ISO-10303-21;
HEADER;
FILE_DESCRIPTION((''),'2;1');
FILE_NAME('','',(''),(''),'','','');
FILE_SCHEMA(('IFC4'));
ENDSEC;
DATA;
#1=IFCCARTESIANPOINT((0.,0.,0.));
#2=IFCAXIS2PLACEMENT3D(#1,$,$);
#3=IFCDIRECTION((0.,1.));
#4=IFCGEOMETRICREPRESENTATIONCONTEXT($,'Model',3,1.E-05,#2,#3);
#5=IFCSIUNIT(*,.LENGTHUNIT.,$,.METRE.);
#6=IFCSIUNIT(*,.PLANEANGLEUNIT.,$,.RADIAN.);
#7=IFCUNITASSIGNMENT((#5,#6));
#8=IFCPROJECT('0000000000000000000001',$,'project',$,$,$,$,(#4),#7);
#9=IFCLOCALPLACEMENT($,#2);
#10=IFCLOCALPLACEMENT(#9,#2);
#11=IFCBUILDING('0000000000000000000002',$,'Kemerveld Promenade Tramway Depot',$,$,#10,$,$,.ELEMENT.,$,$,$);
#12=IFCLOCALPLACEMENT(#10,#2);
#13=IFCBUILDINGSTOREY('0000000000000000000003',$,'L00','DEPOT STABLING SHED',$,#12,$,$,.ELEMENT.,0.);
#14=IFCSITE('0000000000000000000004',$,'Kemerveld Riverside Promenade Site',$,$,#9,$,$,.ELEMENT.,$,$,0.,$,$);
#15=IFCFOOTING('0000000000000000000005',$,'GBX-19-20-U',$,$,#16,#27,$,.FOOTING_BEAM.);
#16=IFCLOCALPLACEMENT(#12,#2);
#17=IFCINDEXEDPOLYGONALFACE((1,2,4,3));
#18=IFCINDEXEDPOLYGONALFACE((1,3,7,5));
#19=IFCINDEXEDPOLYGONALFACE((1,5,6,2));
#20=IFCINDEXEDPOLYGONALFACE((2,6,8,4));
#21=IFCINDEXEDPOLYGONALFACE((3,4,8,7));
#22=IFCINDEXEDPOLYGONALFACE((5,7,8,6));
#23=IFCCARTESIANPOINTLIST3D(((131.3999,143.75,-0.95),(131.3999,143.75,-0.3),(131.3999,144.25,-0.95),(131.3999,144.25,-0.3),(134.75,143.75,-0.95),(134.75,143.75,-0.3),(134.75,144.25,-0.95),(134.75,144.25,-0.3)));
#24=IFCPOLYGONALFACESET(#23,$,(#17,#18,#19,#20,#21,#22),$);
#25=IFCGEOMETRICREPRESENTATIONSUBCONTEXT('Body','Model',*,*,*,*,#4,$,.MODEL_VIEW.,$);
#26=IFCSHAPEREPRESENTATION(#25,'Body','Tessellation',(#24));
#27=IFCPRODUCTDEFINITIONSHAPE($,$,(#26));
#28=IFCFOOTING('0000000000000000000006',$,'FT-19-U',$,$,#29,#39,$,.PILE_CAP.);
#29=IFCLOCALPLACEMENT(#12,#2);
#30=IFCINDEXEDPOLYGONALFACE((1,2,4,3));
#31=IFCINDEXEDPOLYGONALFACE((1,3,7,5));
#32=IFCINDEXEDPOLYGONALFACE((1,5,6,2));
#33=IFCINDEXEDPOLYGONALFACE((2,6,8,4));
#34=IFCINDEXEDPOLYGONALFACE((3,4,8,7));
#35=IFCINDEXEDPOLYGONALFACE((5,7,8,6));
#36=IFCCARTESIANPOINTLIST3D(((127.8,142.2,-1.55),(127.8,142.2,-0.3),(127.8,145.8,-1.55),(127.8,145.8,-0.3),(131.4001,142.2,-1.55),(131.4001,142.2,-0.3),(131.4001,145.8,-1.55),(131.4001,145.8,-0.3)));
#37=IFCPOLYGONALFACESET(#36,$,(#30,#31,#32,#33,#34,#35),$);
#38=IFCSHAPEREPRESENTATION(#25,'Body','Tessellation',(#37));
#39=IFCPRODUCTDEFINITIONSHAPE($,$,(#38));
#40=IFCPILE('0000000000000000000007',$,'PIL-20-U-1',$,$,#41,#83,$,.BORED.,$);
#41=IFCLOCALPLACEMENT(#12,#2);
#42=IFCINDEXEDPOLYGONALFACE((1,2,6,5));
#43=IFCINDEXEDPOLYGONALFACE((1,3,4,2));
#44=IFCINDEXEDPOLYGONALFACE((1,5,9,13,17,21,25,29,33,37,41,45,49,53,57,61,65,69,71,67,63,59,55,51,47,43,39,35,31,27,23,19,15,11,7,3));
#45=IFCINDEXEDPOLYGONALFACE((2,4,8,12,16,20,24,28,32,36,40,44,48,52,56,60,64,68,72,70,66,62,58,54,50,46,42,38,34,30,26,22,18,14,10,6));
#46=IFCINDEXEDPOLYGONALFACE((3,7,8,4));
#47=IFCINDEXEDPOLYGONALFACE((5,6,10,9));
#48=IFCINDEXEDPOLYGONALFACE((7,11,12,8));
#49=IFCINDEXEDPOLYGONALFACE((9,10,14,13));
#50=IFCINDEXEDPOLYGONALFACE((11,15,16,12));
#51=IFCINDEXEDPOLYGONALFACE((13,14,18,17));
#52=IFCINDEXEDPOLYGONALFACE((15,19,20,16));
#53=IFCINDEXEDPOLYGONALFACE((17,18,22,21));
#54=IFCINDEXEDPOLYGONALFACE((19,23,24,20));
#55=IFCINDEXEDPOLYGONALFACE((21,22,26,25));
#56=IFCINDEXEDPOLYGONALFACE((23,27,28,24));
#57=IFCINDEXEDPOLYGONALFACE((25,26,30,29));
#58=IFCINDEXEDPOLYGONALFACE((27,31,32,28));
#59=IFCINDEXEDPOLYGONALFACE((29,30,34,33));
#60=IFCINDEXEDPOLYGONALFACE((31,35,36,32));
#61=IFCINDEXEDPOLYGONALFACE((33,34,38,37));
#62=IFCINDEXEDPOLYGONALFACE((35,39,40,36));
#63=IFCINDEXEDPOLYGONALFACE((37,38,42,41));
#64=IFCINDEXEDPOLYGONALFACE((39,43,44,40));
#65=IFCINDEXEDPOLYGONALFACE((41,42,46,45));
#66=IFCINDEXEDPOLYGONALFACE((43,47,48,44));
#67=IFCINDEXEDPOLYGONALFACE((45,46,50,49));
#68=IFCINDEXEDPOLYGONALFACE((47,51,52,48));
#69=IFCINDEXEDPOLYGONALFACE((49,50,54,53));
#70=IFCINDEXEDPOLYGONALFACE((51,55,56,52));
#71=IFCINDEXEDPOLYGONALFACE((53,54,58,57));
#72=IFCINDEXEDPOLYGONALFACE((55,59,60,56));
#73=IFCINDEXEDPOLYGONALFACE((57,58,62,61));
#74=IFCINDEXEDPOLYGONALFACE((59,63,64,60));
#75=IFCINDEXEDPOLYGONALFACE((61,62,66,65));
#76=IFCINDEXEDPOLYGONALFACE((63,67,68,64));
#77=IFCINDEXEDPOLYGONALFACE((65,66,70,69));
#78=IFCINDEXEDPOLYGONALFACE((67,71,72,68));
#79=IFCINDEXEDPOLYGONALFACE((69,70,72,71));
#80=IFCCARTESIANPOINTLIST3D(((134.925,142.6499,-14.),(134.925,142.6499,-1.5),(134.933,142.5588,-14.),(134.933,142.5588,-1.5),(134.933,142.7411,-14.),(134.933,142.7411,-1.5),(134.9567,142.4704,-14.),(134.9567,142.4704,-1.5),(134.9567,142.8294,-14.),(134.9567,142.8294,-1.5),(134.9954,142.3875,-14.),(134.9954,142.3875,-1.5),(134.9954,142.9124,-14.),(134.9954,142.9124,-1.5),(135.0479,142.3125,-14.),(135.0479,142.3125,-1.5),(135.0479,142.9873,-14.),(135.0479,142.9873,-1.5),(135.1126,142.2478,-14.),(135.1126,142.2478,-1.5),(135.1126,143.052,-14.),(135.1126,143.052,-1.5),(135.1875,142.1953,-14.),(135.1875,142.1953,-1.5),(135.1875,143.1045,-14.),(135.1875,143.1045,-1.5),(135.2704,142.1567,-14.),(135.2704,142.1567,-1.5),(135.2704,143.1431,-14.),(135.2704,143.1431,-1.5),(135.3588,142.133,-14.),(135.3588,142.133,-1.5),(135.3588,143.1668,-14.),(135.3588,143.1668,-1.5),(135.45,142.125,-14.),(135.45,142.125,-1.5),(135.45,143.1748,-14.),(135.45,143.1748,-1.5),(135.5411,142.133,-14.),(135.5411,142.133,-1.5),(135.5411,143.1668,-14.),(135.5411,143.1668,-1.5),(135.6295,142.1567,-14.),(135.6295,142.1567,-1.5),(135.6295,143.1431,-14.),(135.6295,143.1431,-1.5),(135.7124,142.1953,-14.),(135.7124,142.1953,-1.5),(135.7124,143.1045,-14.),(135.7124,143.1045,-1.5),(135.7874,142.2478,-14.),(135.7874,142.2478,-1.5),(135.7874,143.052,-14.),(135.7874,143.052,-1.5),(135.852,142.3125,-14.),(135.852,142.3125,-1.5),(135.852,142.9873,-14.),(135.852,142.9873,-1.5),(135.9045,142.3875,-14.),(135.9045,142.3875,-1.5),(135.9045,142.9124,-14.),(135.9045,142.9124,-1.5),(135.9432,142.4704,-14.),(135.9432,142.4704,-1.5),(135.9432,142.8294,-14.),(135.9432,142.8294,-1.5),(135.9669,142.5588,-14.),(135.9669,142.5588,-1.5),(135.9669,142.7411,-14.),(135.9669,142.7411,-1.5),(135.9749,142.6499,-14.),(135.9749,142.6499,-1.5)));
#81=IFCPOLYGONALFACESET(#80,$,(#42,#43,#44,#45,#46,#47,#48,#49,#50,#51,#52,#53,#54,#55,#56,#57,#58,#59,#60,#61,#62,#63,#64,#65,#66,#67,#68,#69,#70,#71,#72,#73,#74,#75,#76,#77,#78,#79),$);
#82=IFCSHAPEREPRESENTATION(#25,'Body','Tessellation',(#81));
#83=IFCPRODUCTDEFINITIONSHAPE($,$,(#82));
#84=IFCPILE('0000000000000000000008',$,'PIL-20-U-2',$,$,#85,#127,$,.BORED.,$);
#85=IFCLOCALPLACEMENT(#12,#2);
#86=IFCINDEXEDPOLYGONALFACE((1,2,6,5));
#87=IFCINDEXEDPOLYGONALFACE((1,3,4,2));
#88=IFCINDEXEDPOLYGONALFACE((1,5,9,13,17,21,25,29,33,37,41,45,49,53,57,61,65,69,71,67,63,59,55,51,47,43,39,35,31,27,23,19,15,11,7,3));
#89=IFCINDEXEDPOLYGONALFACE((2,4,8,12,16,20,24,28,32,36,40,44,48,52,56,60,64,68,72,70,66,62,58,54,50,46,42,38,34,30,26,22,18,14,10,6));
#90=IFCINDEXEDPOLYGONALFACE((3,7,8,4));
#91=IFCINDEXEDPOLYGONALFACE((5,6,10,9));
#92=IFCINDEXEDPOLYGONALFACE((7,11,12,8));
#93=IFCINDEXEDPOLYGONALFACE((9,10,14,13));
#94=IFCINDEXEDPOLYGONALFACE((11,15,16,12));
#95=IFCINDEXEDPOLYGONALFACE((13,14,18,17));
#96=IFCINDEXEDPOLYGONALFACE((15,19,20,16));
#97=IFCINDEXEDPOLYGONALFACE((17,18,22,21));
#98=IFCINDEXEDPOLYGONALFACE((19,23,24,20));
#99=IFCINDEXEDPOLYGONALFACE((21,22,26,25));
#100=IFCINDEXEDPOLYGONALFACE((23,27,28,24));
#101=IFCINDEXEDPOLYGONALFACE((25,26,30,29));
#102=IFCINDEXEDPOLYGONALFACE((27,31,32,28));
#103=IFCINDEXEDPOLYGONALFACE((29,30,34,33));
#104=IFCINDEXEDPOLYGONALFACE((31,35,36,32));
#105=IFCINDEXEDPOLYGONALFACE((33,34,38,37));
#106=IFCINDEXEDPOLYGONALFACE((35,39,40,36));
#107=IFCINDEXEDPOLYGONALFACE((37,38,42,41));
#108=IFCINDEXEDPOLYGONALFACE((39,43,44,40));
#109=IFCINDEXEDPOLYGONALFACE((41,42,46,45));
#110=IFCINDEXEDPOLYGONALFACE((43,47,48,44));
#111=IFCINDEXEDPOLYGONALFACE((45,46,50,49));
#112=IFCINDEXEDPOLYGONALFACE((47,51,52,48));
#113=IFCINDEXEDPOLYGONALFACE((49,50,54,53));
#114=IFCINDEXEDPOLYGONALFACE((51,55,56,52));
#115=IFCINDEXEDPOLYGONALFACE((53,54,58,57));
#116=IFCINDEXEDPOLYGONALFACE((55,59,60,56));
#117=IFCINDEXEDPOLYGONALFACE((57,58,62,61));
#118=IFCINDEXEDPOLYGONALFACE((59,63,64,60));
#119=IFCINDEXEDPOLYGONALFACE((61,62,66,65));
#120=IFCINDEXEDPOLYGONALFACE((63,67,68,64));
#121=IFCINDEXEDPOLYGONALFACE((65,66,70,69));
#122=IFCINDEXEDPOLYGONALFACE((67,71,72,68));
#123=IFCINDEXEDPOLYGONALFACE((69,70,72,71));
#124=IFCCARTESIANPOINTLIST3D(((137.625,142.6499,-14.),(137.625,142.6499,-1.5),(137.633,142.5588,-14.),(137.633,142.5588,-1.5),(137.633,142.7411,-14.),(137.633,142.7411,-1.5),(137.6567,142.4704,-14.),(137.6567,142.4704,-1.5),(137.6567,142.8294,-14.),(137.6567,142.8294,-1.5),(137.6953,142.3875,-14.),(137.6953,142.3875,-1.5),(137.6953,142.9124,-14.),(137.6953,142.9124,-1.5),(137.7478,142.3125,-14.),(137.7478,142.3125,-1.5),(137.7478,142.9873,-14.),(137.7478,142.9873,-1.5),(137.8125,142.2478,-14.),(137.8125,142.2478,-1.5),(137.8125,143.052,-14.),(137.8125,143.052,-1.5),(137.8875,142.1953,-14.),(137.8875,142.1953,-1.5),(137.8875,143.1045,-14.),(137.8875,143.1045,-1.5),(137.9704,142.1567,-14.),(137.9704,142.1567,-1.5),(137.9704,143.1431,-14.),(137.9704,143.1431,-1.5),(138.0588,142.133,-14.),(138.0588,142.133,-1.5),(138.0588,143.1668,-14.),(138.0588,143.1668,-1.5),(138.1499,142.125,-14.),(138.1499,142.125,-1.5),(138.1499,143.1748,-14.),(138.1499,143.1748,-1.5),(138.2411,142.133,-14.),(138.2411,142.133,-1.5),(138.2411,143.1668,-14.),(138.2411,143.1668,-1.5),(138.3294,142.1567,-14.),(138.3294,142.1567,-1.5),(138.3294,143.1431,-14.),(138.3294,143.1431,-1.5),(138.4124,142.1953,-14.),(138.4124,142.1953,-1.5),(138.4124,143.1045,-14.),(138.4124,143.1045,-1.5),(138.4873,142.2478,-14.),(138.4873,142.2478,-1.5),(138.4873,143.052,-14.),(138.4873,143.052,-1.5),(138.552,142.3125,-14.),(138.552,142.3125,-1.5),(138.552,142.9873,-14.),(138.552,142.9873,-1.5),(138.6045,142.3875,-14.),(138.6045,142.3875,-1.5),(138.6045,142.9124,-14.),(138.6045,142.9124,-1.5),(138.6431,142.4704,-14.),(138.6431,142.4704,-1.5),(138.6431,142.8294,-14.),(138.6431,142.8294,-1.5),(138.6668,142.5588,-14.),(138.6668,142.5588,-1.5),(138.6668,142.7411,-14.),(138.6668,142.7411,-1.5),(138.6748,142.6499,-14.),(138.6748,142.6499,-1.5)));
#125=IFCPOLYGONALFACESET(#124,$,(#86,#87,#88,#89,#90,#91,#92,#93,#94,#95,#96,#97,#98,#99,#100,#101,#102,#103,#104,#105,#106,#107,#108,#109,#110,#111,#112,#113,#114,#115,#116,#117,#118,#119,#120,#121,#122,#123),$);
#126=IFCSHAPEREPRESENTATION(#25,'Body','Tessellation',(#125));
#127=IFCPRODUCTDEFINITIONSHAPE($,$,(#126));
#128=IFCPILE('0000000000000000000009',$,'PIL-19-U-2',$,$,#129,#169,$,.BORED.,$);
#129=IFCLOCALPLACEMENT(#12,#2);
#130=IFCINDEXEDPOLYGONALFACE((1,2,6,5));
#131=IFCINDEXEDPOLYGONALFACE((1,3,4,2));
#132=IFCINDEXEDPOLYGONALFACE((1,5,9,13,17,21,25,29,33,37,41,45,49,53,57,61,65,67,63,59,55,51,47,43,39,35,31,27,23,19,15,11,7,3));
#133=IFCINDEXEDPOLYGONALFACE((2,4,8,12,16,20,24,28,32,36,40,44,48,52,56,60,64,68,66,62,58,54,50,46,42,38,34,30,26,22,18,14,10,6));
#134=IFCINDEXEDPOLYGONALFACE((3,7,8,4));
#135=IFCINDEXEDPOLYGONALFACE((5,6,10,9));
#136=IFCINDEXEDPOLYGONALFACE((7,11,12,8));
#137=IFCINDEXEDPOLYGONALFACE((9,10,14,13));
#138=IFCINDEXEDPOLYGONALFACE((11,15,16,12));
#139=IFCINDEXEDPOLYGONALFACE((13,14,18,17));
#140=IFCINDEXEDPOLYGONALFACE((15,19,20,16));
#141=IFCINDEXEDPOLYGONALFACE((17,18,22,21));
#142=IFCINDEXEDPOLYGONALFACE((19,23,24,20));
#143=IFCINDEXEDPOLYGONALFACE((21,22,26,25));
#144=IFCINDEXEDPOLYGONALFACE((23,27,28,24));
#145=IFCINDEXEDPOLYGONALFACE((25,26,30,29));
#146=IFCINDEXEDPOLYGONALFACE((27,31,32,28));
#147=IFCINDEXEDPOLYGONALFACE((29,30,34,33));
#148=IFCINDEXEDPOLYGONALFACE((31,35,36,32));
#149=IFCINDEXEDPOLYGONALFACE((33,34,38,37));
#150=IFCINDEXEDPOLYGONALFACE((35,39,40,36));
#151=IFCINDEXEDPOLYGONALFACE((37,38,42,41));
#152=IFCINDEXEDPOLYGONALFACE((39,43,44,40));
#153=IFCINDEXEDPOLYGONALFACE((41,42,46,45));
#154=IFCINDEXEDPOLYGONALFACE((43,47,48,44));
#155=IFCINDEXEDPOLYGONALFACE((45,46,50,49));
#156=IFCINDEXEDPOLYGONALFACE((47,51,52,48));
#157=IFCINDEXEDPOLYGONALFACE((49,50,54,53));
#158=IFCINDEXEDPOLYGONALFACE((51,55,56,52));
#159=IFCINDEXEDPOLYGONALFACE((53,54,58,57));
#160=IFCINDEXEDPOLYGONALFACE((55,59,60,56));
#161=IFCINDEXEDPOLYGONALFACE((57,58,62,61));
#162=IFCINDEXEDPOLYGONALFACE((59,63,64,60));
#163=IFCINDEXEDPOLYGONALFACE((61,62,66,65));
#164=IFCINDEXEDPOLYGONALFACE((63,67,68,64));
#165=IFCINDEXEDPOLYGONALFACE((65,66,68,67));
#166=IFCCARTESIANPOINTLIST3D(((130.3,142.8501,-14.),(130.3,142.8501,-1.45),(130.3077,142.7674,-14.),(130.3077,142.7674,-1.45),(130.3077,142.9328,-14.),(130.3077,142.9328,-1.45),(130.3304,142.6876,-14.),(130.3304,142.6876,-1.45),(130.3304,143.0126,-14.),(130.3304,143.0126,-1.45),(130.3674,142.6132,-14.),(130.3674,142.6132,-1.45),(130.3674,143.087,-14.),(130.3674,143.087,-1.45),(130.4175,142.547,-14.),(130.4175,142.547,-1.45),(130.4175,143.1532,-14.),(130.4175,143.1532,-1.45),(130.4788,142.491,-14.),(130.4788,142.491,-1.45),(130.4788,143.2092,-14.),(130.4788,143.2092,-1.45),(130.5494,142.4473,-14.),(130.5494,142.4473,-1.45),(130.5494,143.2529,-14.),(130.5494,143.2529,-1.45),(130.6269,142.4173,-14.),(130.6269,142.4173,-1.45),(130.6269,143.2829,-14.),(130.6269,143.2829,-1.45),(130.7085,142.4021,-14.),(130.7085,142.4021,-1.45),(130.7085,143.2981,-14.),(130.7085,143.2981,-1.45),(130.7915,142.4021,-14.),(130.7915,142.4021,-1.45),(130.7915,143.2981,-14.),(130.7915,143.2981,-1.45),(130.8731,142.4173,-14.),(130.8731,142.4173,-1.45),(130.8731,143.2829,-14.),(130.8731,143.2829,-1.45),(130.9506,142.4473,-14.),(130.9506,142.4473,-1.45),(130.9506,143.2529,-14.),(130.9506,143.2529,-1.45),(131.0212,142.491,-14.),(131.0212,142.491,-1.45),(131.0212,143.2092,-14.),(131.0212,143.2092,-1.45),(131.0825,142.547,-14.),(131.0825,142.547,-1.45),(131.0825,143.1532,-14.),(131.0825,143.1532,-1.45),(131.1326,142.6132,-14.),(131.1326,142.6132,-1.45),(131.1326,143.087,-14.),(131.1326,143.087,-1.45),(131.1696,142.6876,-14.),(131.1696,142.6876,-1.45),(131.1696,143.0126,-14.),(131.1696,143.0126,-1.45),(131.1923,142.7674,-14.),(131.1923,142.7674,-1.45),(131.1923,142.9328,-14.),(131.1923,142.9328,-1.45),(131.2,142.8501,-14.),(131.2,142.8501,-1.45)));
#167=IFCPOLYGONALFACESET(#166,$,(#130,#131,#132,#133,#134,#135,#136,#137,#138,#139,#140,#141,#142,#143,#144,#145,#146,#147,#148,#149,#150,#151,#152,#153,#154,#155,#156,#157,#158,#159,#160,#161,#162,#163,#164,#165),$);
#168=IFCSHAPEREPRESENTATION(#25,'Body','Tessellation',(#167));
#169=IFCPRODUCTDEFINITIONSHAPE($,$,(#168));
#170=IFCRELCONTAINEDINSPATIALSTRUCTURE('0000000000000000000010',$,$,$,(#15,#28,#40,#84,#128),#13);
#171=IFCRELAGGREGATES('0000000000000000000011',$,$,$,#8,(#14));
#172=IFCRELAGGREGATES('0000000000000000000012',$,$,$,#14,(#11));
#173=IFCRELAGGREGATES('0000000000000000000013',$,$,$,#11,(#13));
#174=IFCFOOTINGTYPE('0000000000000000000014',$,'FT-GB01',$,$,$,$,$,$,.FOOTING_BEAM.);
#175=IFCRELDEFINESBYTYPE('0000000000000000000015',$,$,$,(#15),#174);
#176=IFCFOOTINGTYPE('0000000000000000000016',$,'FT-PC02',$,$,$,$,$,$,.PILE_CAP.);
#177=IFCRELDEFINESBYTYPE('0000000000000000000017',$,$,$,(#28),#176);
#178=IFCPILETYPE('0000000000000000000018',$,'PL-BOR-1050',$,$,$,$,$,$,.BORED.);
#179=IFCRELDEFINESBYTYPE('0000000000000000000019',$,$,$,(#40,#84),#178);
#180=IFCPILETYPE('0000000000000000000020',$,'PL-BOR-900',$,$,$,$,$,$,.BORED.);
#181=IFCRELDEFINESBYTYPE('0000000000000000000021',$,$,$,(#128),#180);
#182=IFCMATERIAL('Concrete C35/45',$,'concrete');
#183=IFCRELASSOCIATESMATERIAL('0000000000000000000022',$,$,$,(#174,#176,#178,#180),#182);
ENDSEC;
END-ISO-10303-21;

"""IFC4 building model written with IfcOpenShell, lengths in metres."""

from ifc_helpers import new_model, si_unit, direction, frame, origin, origin_2d, place, context, subcontext, project, spatial, rectangle, circle, extrude, material, material_profile, profile_set, type_object, element, save


model = new_model("IFC4")

# Units and contexts
model_context = context("Model", 3, precision=1e-05, world=origin(), true_north=direction((0.0, 1.0)))
body_context = subcontext(model_context, "Body", "Model", "MODEL_VIEW")
ifc_project = project(units=[si_unit("LENGTHUNIT", "METRE"), si_unit("PLANEANGLEUNIT", "RADIAN")], contexts=[model_context])

# Site, building, storey
site_placement = place(None, origin())
site = spatial("IfcSite", under=ifc_project, at=site_placement, Name="Kemerveld Riverside Promenade Site", CompositionType="ELEMENT", RefElevation=0.0)
building_placement = place(site_placement, origin())
building = spatial("IfcBuilding", under=site, at=building_placement, Name="Kemerveld Promenade Tramway Depot", CompositionType="ELEMENT")
storey_placement = place(building_placement, origin())
storey = spatial("IfcBuildingStorey", under=building, at=storey_placement, Name="L00", Description="DEPOT STABLING SHED", CompositionType="ELEMENT", Elevation=0.0)

# Footings
ifc_material_1 = material(Name="Concrete C35/45", Category="concrete")
footing_type_1 = type_object("IfcFootingType", Name="FT-GB01", PredefinedType="FOOTING_BEAM", material=ifc_material_1)
footing_1_placement = place(storey_placement, frame((133.075, 144.0, -0.95), z_axis=(0.0, 0.0, 1.0), x_axis=(1.0, 0.0, 0.0)))
element("IfcFooting", 1, at=footing_1_placement, inside=storey, type_object=footing_type_1, Name="GBX-19-20-U", PredefinedType="FOOTING_BEAM", context=body_context, shape_type="SweptSolid", body=[
    extrude(rectangle(XDim=3.3501, YDim=0.5, at=origin_2d()), origin(), (0.0, 0.0, 1.0), 0.6499),
])
footing_type_2 = type_object("IfcFootingType", Name="FT-PC02", PredefinedType="PILE_CAP", material=ifc_material_1)
footing_2_placement = place(storey_placement, frame((129.6001, 144.0, -1.55), z_axis=(0.0, 0.0, 1.0), x_axis=(1.0, 0.0, 0.0)))
element("IfcFooting", 2, at=footing_2_placement, inside=storey, type_object=footing_type_2, Name="FT-19-U", PredefinedType="PILE_CAP", context=body_context, shape_type="SweptSolid", body=[
    extrude(rectangle(XDim=3.6001, YDim=3.6001, at=origin_2d()), origin(), (0.0, 0.0, 1.0), 1.25),
])

# Piles
ifc_material_profile_1 = material_profile(ifc_material_1, circle(Radius=0.5249, at=origin_2d()), Name="PILE-D1050")
ifc_profile_set_1 = profile_set([ifc_material_profile_1], Name="Concrete C35/45")
pile_type_1 = type_object("IfcPileType", Name="PL-BOR-1050", PredefinedType="BORED", material=ifc_profile_set_1)
for number, where, z_axis, x_axis, name in (
    (3, (135.45, 142.6499, -1.5), (0.0, 0.0, -1.0), (1.0, 0.0, 0.0), "PIL-20-U-1"),
    (4, (138.1499, 142.6499, -1.5), (0.0, 0.0, -1.0), (1.0, 0.0, 0.0), "PIL-20-U-2"),
):
    element("IfcPile", number, at=place(storey_placement, frame(where, z_axis=z_axis, x_axis=x_axis)), inside=storey, type_object=pile_type_1, Name=name, PredefinedType="BORED", context=body_context, shape_type="SweptSolid", body=[
        extrude(circle(Radius=0.5249, at=origin_2d()), origin(), (0.0, 0.0, 1.0), 12.5),
    ])
ifc_material_profile_2 = material_profile(ifc_material_1, circle(Radius=0.45, at=origin_2d()), Name="PILE-D900")
ifc_profile_set_2 = profile_set([ifc_material_profile_2], Name="Concrete C35/45")
pile_type_2 = type_object("IfcPileType", Name="PL-BOR-900", PredefinedType="BORED", material=ifc_profile_set_2)
pile_1_placement = place(storey_placement, frame((130.75, 142.8501, -1.45), z_axis=(0.0, 0.0, -1.0), x_axis=(1.0, 0.0, 0.0)))
element("IfcPile", 5, at=pile_1_placement, inside=storey, type_object=pile_type_2, Name="PIL-19-U-2", PredefinedType="BORED", context=body_context, shape_type="SweptSolid", body=[
    extrude(circle(Radius=0.45, at=origin_2d()), origin(), (0.0, 0.0, 1.0), 12.55),
])

save(model, "model.ifc")
